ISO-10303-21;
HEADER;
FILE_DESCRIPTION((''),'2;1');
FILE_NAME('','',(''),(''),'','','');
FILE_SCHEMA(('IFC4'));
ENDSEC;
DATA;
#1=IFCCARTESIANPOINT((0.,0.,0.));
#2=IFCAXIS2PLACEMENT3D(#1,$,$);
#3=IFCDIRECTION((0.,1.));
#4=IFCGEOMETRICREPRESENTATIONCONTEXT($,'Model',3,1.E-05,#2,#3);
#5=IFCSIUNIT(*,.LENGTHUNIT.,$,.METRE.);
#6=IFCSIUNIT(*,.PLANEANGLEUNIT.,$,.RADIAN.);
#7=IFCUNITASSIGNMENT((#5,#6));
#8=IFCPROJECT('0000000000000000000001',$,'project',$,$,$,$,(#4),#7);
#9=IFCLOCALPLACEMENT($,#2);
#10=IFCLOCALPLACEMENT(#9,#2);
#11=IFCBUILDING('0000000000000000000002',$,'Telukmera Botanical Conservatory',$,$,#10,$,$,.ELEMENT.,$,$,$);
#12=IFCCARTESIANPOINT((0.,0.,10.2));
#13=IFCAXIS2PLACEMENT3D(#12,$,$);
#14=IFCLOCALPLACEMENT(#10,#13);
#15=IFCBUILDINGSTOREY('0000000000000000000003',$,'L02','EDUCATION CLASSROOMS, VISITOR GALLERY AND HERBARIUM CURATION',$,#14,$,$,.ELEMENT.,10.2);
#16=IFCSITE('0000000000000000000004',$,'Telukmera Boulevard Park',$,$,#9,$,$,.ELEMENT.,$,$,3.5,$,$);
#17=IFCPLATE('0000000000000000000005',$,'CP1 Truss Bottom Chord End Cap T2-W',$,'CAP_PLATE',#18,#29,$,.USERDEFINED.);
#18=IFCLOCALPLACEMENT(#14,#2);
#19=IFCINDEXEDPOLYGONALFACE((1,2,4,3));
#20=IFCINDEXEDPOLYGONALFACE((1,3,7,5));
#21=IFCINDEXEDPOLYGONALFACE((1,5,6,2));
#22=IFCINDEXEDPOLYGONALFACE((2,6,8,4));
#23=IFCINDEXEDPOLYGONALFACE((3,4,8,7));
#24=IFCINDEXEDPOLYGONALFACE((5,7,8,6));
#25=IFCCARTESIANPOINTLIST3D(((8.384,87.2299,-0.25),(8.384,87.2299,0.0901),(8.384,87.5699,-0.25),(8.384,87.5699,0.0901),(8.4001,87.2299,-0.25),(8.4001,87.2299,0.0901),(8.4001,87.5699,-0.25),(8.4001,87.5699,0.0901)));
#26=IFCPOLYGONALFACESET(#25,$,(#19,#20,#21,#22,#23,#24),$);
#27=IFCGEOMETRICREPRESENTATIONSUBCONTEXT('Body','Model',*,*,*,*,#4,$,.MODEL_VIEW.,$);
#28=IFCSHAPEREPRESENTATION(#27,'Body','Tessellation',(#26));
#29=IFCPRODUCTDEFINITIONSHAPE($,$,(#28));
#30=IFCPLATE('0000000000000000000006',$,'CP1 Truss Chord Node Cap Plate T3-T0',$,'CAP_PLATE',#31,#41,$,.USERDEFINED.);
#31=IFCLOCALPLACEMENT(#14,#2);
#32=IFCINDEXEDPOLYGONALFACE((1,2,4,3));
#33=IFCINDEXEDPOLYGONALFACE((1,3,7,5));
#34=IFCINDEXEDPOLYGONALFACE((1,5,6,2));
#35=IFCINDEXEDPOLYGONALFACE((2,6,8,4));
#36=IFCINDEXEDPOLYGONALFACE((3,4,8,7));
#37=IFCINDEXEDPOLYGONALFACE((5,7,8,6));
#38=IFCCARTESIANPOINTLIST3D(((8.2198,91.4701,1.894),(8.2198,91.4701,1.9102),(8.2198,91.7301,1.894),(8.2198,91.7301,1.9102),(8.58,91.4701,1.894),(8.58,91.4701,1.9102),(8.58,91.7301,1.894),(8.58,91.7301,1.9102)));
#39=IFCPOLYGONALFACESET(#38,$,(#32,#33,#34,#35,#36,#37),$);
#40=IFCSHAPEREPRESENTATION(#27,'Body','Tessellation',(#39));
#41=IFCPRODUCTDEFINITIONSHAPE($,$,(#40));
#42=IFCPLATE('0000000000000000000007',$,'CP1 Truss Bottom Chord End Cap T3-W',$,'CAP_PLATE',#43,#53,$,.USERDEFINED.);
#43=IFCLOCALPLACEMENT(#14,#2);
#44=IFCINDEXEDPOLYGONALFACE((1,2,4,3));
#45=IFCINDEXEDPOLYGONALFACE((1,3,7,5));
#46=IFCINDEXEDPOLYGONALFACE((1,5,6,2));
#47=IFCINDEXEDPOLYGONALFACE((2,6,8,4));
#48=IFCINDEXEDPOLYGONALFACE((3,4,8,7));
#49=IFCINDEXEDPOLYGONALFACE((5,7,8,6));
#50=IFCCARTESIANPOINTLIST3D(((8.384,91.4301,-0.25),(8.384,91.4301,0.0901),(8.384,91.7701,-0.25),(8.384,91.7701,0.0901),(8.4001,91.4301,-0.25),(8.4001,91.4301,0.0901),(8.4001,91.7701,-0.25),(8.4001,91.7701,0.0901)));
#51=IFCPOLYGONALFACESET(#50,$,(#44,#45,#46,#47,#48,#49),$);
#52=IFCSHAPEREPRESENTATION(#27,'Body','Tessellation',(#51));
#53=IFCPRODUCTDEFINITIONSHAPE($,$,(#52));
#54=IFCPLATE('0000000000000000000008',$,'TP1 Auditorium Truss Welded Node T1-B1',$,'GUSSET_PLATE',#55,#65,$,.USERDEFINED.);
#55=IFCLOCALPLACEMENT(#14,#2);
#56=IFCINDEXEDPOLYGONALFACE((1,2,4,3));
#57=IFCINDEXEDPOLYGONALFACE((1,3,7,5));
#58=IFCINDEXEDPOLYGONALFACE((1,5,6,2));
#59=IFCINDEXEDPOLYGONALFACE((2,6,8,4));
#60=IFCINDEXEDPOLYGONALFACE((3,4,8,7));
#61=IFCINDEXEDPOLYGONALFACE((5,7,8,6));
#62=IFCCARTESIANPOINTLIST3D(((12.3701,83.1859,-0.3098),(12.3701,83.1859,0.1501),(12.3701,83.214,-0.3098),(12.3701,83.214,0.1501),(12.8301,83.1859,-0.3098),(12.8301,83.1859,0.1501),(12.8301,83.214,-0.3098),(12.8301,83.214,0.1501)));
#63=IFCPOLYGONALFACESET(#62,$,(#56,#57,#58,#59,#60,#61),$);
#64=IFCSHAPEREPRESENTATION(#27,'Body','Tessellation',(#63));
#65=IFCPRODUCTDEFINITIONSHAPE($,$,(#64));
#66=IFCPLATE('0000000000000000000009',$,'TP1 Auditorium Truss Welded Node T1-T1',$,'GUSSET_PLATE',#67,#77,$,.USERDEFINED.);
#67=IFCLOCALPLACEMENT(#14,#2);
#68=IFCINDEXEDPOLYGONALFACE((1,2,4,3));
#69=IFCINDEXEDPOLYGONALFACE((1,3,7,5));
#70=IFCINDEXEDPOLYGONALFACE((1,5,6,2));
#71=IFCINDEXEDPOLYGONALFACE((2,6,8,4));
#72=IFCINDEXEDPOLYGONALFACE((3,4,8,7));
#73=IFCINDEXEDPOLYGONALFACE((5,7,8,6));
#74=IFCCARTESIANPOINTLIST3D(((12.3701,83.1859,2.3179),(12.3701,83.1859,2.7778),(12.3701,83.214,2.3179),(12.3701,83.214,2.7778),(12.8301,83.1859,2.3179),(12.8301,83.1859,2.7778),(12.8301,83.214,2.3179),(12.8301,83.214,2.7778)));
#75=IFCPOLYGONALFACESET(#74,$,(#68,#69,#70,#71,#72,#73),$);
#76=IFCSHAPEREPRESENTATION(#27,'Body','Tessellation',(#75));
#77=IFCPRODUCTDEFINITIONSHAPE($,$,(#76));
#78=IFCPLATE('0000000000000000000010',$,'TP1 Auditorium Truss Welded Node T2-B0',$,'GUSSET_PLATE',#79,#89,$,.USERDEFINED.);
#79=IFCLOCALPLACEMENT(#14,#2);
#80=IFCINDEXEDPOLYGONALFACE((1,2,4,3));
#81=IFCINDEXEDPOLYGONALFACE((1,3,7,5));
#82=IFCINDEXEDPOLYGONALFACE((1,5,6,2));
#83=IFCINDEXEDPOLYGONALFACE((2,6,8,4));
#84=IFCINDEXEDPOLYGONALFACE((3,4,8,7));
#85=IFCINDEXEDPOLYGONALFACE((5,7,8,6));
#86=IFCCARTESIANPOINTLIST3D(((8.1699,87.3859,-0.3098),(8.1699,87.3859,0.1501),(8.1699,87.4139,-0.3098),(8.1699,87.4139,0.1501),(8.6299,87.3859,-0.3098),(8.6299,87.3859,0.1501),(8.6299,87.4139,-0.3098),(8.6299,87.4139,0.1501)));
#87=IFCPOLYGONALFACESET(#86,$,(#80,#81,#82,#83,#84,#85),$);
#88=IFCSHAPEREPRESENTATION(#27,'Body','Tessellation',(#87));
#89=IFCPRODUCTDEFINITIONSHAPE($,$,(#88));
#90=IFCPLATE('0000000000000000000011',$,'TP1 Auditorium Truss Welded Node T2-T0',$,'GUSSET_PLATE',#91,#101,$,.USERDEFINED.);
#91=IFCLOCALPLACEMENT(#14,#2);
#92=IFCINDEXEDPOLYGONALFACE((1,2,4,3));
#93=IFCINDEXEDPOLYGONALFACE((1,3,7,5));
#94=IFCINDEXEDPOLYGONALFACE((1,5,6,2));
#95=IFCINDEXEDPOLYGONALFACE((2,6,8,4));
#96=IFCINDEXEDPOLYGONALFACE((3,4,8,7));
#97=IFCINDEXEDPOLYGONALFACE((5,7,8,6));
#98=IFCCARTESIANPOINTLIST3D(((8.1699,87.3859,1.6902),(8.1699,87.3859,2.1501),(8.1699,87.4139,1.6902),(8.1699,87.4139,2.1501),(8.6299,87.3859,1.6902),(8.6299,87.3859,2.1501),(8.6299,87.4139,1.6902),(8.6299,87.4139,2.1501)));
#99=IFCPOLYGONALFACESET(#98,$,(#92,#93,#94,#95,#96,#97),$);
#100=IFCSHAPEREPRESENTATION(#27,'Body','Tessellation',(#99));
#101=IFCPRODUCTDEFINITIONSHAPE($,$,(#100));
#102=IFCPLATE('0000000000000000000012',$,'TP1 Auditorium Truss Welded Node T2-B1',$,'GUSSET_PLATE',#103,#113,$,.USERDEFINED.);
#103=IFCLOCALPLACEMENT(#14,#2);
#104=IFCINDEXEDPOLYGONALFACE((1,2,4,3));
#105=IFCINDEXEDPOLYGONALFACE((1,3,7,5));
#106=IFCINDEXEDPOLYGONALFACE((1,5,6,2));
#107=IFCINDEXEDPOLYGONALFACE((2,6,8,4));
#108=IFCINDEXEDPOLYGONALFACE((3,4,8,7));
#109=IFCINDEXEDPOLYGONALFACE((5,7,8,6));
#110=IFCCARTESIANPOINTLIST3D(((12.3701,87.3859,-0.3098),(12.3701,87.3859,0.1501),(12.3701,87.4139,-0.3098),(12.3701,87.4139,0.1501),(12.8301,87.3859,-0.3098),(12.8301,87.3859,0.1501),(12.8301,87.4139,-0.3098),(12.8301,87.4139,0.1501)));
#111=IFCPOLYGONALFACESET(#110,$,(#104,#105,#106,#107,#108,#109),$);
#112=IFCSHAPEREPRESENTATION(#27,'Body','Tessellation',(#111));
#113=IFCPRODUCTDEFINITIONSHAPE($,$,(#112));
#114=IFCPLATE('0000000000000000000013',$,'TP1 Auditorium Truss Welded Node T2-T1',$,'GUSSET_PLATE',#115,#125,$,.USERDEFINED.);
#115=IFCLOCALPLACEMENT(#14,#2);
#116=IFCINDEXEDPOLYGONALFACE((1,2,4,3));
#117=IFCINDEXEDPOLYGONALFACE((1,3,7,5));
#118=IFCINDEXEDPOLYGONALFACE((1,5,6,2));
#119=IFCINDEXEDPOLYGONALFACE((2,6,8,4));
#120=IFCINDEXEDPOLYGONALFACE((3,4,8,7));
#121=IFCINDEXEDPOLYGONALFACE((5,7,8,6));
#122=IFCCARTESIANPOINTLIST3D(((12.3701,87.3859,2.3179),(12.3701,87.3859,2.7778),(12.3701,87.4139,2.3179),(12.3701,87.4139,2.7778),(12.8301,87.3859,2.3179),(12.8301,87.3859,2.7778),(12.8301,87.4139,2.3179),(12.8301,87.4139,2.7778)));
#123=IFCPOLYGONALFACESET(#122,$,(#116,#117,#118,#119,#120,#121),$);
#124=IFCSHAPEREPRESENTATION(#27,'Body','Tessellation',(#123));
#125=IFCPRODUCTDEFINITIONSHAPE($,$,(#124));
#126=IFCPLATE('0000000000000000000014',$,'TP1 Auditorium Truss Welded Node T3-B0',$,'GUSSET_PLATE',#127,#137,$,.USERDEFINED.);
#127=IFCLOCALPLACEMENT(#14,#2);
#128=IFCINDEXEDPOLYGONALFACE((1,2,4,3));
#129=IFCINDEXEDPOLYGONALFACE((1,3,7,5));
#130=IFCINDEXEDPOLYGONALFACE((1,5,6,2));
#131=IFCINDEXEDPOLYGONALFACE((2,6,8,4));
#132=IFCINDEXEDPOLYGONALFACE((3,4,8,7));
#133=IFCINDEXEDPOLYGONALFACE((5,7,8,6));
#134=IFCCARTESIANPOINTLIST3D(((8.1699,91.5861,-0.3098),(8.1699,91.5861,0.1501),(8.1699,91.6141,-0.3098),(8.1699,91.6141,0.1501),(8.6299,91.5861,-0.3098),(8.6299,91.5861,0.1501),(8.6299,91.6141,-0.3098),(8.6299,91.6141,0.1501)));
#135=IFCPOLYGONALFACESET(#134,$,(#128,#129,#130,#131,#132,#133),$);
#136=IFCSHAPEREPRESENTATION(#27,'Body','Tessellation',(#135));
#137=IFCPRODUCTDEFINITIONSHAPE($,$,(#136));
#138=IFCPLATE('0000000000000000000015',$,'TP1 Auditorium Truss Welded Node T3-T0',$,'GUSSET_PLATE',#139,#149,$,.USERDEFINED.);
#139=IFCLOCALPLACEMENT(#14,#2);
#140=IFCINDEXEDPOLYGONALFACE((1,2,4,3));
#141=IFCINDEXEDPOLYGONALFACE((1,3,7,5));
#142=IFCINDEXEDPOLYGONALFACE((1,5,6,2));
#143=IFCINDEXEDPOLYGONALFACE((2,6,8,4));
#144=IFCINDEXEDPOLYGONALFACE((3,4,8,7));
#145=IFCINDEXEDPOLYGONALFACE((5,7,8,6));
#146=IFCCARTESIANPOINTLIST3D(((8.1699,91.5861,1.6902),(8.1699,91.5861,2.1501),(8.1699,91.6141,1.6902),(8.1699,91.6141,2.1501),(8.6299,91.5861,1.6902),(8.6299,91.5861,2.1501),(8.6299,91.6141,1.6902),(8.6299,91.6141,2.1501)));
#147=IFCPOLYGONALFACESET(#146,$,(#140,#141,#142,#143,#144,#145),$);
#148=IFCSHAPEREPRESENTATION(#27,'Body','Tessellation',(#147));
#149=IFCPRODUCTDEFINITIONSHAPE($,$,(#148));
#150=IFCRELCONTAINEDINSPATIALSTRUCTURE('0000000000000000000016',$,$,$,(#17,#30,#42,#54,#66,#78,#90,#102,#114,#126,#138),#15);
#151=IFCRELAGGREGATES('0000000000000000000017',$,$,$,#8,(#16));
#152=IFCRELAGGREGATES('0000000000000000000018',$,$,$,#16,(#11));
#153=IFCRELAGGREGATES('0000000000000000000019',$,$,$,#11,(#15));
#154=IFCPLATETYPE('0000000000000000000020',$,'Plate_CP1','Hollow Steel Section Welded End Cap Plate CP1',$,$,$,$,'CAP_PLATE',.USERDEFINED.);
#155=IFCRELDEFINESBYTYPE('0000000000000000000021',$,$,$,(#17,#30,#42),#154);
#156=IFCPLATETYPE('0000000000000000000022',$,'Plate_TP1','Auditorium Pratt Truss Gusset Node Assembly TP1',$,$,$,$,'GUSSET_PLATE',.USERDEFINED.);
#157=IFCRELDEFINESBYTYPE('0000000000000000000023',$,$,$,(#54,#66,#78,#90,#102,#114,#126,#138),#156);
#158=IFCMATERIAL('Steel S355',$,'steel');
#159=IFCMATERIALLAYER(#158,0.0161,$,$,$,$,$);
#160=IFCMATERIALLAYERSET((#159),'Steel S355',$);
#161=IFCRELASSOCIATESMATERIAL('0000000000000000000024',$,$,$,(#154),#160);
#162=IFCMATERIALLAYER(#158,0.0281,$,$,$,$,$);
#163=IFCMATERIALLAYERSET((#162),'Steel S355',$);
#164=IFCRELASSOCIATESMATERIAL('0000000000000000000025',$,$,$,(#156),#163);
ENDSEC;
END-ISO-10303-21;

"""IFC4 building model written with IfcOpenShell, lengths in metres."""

from ifc_helpers import new_model, si_unit, direction, frame, origin, origin_2d, place, context, subcontext, project, spatial, rectangle, extrude, material, layer, layer_set, type_object, element, save


model = new_model("IFC4")

# Units and contexts
model_context = context("Model", 3, precision=1e-05, world=origin(), true_north=direction((0.0, 1.0)))
body_context = subcontext(model_context, "Body", "Model", "MODEL_VIEW")
ifc_project = project(units=[si_unit("LENGTHUNIT", "METRE"), si_unit("PLANEANGLEUNIT", "RADIAN")], contexts=[model_context])

# Site, building, storey
site_placement = place(None, origin())
site = spatial("IfcSite", under=ifc_project, at=site_placement, Name="Telukmera Boulevard Park", CompositionType="ELEMENT", RefElevation=3.5)
building_placement = place(site_placement, origin())
building = spatial("IfcBuilding", under=site, at=building_placement, Name="Telukmera Botanical Conservatory", CompositionType="ELEMENT")
storey_placement = place(building_placement, frame((0.0, 0.0, 10.2)))
storey = spatial("IfcBuildingStorey", under=building, at=storey_placement, Name="L02", Description="EDUCATION CLASSROOMS, VISITOR GALLERY AND HERBARIUM CURATION", CompositionType="ELEMENT", Elevation=10.2)

# Shared definitions
ifc_material_1 = material(Name="Steel S355", Category="steel")

# Plates
ifc_layer_1 = layer(ifc_material_1, 0.0161)
ifc_layer_set_1 = layer_set([ifc_layer_1], Name="Steel S355")
plate_type_1 = type_object("IfcPlateType", Name="Plate_CP1", Description="Hollow Steel Section Welded End Cap Plate CP1", ElementType="CAP_PLATE", PredefinedType="USERDEFINED", material=ifc_layer_set_1)
plate_1_placement = place(storey_placement, frame((8.3921, 87.3999, -0.25), z_axis=(0.0, 0.0, 1.0), x_axis=(1.0, 0.0, 0.0)))
element("IfcPlate", 1, at=plate_1_placement, inside=storey, type_object=plate_type_1, Name="CP1 Truss Bottom Chord End Cap T2-W", ObjectType="CAP_PLATE", PredefinedType="USERDEFINED", context=body_context, shape_type="SweptSolid", body=[
    extrude(rectangle(XDim=0.0161, YDim=0.3401, at=origin_2d()), origin(), (0.0, 0.0, 1.0), 0.3401),
])
plate_2_placement = place(storey_placement, frame((8.3999, 91.6001, 1.894), z_axis=(0.0, 0.0, 1.0), x_axis=(1.0, 0.0, 0.0)))
element("IfcPlate", 2, at=plate_2_placement, inside=storey, type_object=plate_type_1, Name="CP1 Truss Chord Node Cap Plate T3-T0", ObjectType="CAP_PLATE", PredefinedType="USERDEFINED", context=body_context, shape_type="SweptSolid", body=[
    extrude(rectangle(XDim=0.3601, YDim=0.26, at=origin_2d()), origin(), (0.0, 0.0, 1.0), 0.0161),
])
plate_3_placement = place(storey_placement, frame((8.3921, 91.6001, -0.25), z_axis=(0.0, 0.0, 1.0), x_axis=(1.0, 0.0, 0.0)))
element("IfcPlate", 3, at=plate_3_placement, inside=storey, type_object=plate_type_1, Name="CP1 Truss Bottom Chord End Cap T3-W", ObjectType="CAP_PLATE", PredefinedType="USERDEFINED", context=body_context, shape_type="SweptSolid", body=[
    extrude(rectangle(XDim=0.0161, YDim=0.3401, at=origin_2d()), origin(), (0.0, 0.0, 1.0), 0.3401),
])
ifc_layer_2 = layer(ifc_material_1, 0.0281)
ifc_layer_set_2 = layer_set([ifc_layer_2], Name="Steel S355")
plate_type_2 = type_object("IfcPlateType", Name="Plate_TP1", Description="Auditorium Pratt Truss Gusset Node Assembly TP1", ElementType="GUSSET_PLATE", PredefinedType="USERDEFINED", material=ifc_layer_set_2)
for number, where, z_axis, x_axis, name in (
    (4, (12.6001, 83.2, -0.3098), (0.0, 0.0, 1.0), (1.0, 0.0, 0.0), "TP1 Auditorium Truss Welded Node T1-B1"),
    (5, (12.6001, 83.2, 2.3179), (0.0, 0.0, 1.0), (1.0, 0.0, 0.0), "TP1 Auditorium Truss Welded Node T1-T1"),
    (6, (8.3999, 87.3999, -0.3098), (0.0, 0.0, 1.0), (1.0, 0.0, 0.0), "TP1 Auditorium Truss Welded Node T2-B0"),
    (7, (8.3999, 87.3999, 1.6902), (0.0, 0.0, 1.0), (1.0, 0.0, 0.0), "TP1 Auditorium Truss Welded Node T2-T0"),
    (8, (12.6001, 87.3999, -0.3098), (0.0, 0.0, 1.0), (1.0, 0.0, 0.0), "TP1 Auditorium Truss Welded Node T2-B1"),
    (9, (12.6001, 87.3999, 2.3179), (0.0, 0.0, 1.0), (1.0, 0.0, 0.0), "TP1 Auditorium Truss Welded Node T2-T1"),
    (10, (8.3999, 91.6001, -0.3098), (0.0, 0.0, 1.0), (1.0, 0.0, 0.0), "TP1 Auditorium Truss Welded Node T3-B0"),
    (11, (8.3999, 91.6001, 1.6902), (0.0, 0.0, 1.0), (1.0, 0.0, 0.0), "TP1 Auditorium Truss Welded Node T3-T0"),
):
    element("IfcPlate", number, at=place(storey_placement, frame(where, z_axis=z_axis, x_axis=x_axis)), inside=storey, type_object=plate_type_2, Name=name, ObjectType="GUSSET_PLATE", PredefinedType="USERDEFINED", context=body_context, shape_type="SweptSolid", body=[
        extrude(rectangle(XDim=0.46, YDim=0.0281, at=origin_2d()), origin(), (0.0, 0.0, 1.0), 0.46),
    ])

save(model, "model.ifc")
